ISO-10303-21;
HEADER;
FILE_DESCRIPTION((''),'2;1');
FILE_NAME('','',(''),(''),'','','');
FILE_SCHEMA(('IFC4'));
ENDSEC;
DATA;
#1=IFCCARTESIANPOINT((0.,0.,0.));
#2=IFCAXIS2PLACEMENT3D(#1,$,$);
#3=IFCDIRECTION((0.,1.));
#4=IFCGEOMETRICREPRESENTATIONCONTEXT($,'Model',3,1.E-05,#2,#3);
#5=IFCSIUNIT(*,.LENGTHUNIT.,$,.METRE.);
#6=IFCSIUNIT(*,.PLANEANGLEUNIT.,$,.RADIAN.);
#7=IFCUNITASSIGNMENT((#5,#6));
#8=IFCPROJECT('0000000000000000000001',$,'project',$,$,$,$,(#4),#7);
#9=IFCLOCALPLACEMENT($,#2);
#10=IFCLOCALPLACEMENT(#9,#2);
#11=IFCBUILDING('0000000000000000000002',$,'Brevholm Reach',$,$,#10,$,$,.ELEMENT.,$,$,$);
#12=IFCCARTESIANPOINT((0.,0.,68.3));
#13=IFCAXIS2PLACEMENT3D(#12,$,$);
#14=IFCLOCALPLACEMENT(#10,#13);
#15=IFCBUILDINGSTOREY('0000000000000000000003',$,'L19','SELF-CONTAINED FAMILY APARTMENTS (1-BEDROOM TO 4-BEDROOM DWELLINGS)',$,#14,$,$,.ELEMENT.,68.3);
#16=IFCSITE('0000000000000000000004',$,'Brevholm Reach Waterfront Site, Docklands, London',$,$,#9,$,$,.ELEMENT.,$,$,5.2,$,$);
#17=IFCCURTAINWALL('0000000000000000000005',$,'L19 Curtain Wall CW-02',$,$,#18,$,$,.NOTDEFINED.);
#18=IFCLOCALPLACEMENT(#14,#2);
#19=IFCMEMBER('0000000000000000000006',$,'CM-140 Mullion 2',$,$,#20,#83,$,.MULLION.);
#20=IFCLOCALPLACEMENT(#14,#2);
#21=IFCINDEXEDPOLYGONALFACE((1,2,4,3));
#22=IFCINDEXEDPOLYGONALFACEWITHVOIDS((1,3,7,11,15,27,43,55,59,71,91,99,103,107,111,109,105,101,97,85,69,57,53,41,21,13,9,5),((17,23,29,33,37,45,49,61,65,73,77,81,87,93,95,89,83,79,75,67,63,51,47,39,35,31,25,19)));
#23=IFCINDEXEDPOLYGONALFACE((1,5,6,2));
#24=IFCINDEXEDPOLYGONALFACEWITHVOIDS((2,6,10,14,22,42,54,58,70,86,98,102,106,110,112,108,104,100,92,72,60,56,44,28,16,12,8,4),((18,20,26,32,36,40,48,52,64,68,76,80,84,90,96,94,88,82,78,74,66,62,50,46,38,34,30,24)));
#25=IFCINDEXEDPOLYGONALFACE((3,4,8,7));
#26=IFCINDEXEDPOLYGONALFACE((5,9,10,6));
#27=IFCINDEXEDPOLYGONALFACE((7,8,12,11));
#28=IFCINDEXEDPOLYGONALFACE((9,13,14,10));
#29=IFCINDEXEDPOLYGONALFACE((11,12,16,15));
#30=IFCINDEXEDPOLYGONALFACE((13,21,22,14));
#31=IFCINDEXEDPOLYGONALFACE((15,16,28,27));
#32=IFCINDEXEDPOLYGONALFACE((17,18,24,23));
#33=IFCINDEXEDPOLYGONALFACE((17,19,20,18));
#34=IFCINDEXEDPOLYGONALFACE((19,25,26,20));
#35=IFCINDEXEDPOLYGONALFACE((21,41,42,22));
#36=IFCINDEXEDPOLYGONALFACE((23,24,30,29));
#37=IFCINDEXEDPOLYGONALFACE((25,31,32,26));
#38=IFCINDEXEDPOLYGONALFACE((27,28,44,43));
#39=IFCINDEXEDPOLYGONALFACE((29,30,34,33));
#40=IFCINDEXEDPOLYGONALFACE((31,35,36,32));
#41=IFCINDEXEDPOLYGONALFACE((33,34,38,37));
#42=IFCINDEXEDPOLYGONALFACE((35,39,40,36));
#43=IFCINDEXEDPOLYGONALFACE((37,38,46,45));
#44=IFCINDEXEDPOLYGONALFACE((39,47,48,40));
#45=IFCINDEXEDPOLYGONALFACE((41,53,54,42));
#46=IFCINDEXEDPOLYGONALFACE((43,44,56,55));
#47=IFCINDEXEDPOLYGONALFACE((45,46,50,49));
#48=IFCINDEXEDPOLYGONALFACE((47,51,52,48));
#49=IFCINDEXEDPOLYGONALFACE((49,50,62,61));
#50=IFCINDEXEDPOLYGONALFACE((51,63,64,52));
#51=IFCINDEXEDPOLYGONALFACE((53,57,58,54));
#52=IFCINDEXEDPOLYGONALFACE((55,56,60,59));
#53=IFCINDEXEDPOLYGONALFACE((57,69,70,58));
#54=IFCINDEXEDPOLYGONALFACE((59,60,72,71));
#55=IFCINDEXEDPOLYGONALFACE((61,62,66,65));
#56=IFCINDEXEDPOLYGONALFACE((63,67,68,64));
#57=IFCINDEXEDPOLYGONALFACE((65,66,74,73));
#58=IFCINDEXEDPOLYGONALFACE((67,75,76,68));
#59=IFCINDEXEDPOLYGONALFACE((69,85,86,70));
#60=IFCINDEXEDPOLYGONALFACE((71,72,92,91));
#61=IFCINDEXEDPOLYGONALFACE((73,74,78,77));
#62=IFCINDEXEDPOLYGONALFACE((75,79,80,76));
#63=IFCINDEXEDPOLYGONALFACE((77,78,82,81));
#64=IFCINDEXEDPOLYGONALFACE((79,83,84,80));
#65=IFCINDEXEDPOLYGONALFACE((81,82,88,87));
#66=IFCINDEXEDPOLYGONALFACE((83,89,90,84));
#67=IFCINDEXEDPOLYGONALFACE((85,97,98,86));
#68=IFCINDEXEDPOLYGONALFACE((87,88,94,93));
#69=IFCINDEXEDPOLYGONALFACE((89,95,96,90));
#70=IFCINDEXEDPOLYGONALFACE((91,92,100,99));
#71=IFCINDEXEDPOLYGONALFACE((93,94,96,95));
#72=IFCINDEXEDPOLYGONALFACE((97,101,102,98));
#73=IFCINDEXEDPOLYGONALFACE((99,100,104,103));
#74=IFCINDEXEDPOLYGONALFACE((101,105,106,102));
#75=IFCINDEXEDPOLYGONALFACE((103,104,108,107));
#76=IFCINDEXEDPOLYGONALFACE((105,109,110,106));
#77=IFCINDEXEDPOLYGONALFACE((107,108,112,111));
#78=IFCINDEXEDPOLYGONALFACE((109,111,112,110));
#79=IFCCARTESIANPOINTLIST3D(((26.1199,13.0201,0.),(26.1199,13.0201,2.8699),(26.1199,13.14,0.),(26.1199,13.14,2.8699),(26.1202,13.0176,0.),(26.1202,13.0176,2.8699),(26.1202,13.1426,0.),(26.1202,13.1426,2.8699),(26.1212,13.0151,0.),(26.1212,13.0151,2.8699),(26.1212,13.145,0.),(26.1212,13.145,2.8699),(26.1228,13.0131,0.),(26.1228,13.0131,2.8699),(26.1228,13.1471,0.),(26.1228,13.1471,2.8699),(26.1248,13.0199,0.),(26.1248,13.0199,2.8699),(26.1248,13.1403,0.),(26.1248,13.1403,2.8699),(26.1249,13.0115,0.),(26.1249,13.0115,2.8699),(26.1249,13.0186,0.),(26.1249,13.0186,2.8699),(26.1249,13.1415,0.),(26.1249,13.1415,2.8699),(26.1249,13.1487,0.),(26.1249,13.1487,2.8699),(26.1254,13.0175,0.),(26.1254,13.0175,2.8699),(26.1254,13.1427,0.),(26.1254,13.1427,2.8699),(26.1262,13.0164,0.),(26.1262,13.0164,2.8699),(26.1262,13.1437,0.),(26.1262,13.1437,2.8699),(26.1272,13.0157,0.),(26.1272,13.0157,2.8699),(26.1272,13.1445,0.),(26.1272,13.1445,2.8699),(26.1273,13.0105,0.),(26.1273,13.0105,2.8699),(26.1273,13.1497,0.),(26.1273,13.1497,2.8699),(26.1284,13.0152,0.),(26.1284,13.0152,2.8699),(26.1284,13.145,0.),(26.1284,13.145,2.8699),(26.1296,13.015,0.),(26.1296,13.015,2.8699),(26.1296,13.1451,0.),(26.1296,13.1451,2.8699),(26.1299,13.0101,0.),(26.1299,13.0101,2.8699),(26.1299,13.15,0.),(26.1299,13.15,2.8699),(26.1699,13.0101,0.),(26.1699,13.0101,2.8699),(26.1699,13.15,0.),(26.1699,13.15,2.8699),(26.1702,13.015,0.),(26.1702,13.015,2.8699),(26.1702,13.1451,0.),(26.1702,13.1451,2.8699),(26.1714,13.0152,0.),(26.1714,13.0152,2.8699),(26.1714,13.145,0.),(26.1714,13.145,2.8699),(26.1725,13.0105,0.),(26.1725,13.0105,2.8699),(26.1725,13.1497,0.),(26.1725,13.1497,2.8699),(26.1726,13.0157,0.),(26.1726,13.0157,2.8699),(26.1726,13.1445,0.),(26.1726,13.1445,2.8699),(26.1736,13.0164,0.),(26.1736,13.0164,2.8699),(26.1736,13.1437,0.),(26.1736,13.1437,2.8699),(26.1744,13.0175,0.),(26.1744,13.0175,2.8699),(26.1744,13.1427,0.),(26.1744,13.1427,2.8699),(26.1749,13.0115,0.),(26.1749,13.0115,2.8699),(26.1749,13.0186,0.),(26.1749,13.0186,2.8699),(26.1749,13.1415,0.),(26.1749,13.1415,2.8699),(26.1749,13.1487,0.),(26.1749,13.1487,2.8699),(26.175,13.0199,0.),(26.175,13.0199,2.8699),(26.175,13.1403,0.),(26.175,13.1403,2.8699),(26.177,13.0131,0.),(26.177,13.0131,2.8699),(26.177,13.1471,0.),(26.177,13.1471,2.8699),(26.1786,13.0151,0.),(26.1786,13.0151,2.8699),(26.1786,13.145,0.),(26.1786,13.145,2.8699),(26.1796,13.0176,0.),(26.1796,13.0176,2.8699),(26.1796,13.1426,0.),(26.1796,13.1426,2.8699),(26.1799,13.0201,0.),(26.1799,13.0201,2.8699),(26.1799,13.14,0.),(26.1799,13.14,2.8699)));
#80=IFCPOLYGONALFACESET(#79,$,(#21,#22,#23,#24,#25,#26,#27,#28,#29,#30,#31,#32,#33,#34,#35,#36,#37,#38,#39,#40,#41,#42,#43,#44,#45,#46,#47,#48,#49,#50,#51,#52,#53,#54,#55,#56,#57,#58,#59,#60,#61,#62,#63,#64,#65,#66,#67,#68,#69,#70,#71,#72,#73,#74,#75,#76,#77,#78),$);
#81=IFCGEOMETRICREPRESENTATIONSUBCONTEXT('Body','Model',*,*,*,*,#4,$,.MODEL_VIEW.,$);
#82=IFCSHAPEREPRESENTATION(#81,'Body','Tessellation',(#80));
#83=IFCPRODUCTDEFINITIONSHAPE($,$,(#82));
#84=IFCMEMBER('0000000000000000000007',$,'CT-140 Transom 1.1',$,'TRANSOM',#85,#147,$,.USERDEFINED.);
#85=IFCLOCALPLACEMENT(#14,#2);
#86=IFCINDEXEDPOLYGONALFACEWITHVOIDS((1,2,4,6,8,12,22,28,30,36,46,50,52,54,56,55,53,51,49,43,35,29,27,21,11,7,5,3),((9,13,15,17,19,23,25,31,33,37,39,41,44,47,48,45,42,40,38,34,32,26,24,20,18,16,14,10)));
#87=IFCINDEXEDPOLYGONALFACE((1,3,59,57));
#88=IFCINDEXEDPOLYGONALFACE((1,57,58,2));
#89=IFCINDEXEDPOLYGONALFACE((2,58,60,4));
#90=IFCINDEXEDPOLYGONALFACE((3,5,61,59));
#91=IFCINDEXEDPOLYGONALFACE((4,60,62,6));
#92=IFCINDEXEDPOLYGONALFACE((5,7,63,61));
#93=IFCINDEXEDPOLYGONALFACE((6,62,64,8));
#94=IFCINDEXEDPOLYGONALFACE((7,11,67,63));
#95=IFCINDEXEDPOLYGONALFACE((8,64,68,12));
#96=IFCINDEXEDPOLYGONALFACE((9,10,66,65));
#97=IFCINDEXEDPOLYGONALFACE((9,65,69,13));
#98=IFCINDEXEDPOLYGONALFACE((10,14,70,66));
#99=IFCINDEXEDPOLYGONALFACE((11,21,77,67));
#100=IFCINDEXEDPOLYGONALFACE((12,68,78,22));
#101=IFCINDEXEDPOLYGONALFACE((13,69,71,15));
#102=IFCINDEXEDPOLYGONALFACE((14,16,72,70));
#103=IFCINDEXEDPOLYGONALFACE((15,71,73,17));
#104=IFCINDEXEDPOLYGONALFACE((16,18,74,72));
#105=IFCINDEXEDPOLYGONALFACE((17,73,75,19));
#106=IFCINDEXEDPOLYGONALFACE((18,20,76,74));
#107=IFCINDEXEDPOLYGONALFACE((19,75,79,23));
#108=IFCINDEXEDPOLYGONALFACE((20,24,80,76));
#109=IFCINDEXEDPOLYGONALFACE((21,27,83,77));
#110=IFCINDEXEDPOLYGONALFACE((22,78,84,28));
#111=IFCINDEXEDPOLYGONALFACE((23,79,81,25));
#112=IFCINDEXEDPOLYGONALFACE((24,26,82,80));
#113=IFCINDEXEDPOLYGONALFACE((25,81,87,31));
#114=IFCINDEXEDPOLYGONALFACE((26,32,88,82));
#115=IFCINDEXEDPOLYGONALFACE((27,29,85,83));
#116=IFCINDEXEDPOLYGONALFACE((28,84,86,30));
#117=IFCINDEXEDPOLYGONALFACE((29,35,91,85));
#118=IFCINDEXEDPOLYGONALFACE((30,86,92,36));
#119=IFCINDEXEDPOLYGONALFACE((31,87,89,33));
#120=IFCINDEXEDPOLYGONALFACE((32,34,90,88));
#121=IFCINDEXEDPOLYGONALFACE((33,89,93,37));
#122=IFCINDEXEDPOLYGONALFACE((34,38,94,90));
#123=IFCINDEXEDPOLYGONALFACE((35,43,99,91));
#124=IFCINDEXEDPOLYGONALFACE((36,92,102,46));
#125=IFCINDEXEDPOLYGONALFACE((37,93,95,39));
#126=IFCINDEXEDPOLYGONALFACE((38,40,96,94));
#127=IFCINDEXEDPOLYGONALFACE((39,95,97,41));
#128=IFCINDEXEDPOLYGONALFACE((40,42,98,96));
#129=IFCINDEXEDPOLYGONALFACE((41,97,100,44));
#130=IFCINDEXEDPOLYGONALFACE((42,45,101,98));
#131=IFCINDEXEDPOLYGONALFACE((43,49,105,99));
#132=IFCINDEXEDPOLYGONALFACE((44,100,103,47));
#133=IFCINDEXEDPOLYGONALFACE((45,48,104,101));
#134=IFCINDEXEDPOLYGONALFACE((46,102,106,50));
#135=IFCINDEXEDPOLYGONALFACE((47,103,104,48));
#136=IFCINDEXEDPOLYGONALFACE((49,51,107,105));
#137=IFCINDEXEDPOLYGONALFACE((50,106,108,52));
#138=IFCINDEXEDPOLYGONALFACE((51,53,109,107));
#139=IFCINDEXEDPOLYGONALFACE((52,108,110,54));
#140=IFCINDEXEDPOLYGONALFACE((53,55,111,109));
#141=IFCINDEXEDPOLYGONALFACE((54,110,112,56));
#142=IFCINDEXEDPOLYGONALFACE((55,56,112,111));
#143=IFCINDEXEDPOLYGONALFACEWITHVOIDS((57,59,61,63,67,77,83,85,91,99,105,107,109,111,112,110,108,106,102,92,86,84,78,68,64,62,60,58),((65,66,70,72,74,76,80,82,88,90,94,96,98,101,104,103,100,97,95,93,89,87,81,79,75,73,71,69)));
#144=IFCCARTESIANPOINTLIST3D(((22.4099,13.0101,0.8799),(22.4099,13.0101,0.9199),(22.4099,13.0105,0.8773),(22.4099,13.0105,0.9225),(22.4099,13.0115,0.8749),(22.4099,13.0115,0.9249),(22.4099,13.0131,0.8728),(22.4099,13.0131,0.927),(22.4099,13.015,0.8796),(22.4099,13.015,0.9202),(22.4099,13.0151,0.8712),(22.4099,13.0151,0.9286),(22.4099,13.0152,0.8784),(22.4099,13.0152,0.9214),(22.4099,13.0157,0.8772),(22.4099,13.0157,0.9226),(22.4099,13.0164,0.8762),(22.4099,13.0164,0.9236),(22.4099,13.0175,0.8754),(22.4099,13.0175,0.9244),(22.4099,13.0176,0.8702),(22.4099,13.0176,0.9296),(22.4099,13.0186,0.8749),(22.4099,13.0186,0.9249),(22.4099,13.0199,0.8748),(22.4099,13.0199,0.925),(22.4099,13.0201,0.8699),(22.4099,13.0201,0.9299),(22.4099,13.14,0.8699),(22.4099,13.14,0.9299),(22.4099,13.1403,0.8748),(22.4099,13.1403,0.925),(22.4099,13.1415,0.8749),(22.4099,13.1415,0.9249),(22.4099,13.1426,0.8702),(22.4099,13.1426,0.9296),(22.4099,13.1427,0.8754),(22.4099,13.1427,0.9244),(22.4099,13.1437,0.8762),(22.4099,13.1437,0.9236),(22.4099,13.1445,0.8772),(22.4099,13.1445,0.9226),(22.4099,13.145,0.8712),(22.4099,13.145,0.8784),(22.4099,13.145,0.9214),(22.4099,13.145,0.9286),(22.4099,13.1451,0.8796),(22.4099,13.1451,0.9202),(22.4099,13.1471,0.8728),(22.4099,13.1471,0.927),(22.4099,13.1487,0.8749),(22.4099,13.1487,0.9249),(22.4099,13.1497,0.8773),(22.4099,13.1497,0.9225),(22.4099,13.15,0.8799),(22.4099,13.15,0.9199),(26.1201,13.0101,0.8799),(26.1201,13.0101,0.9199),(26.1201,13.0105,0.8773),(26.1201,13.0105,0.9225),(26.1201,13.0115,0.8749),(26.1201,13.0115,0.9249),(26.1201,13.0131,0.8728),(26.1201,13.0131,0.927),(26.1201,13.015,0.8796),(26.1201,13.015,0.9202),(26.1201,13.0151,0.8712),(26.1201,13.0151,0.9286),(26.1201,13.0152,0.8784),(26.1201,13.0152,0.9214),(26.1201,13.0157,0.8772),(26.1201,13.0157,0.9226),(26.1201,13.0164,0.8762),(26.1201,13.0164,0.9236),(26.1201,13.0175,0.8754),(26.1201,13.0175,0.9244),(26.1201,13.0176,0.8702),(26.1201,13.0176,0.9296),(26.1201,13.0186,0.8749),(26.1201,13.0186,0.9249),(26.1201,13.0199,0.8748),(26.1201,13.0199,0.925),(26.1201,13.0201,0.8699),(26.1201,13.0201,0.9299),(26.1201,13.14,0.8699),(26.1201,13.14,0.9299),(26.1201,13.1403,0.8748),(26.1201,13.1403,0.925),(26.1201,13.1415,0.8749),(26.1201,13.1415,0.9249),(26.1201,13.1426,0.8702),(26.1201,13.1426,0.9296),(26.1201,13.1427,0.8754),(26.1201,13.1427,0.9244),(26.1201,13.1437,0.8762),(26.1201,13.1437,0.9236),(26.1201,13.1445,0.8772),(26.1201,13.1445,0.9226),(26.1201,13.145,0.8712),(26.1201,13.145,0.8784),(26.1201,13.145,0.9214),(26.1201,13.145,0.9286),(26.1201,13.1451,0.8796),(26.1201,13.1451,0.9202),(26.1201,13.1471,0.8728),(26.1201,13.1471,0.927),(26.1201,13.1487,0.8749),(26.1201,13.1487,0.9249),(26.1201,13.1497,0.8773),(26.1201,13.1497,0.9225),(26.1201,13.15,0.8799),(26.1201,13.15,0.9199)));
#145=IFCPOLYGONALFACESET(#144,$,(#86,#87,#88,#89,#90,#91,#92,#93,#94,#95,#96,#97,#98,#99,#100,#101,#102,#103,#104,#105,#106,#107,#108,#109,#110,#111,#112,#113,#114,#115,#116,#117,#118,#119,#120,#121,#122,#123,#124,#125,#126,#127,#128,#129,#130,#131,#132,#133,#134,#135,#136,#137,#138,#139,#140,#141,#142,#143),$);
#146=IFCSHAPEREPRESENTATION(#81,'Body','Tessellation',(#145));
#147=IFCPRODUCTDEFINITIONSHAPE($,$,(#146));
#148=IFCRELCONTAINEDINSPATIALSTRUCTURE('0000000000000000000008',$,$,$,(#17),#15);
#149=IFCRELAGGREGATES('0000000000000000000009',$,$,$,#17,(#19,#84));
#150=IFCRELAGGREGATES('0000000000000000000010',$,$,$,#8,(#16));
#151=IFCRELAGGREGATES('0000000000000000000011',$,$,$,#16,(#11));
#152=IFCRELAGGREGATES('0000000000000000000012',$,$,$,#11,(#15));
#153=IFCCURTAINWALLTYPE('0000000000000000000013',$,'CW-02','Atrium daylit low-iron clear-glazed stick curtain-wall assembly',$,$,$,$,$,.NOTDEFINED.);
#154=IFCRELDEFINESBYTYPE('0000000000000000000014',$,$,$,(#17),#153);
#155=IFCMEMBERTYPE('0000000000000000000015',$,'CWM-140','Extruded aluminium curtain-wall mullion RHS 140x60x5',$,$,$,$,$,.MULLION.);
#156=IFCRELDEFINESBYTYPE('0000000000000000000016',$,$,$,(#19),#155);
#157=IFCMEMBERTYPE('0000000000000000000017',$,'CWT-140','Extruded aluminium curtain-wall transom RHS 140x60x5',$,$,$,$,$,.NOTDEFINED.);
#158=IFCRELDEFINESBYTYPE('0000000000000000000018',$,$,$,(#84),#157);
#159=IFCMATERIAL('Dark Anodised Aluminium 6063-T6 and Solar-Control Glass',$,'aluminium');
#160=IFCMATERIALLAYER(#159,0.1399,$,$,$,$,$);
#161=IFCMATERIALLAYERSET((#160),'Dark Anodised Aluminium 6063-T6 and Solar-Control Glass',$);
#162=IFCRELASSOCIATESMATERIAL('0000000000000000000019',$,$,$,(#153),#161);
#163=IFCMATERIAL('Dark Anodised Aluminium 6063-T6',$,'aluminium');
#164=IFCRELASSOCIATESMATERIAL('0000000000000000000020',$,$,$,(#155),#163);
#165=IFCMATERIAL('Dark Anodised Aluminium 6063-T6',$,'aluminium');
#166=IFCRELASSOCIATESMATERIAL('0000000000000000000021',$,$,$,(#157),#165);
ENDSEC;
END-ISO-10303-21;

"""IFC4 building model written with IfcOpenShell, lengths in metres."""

from ifc_helpers import new_model, si_unit, direction, frame, origin, origin_2d, place, context, subcontext, project, spatial, hollow_rectangle, extrude, material, layer, layer_set, material_profile, profile_set, type_object, element, aggregate, save


model = new_model("IFC4")

# Units and contexts
model_context = context("Model", 3, precision=1e-05, world=origin(), true_north=direction((0.0, 1.0)))
body_context = subcontext(model_context, "Body", "Model", "MODEL_VIEW")
ifc_project = project(units=[si_unit("LENGTHUNIT", "METRE"), si_unit("PLANEANGLEUNIT", "RADIAN")], contexts=[model_context])

# Site, building, storey
site_placement = place(None, origin())
site = spatial("IfcSite", under=ifc_project, at=site_placement, Name="Brevholm Reach Waterfront Site, Docklands, London", CompositionType="ELEMENT", RefElevation=5.2)
building_placement = place(site_placement, origin())
building = spatial("IfcBuilding", under=site, at=building_placement, Name="Brevholm Reach", CompositionType="ELEMENT")
storey_placement = place(building_placement, frame((0.0, 0.0, 68.3)))
storey = spatial("IfcBuildingStorey", under=building, at=storey_placement, Name="L19", Description="SELF-CONTAINED FAMILY APARTMENTS (1-BEDROOM TO 4-BEDROOM DWELLINGS)", CompositionType="ELEMENT", Elevation=68.3)

# Curtain wall, members
ifc_material_1 = material(Name="Dark Anodised Aluminium 6063-T6 and Solar-Control Glass", Category="aluminium")
ifc_layer_1 = layer(ifc_material_1, 0.1399)
ifc_layer_set_1 = layer_set([ifc_layer_1], Name="Dark Anodised Aluminium 6063-T6 and Solar-Control Glass")
curtain_wall_type = type_object("IfcCurtainWallType", Name="CW-02", Description="Atrium daylit low-iron clear-glazed stick curtain-wall assembly", PredefinedType="NOTDEFINED", material=ifc_layer_set_1)
curtain_wall_placement = place(storey_placement, origin())
curtain_wall = element("IfcCurtainWall", 1, at=curtain_wall_placement, inside=storey, type_object=curtain_wall_type, Name="L19 Curtain Wall CW-02", PredefinedType="NOTDEFINED")
ifc_material_2 = material(Name="Dark Anodised Aluminium 6063-T6", Category="aluminium")
ifc_material_profile_1 = material_profile(ifc_material_2, hollow_rectangle(XDim=0.0601, YDim=0.1399, WallThickness=0.0049, InnerFilletRadius=0.0049, OuterFilletRadius=0.01, at=origin_2d()), Name="RHS 140x60x5")
ifc_profile_set_1 = profile_set([ifc_material_profile_1], Name="Dark Anodised Aluminium 6063-T6")
member_type_1 = type_object("IfcMemberType", Name="CWM-140", Description="Extruded aluminium curtain-wall mullion RHS 140x60x5", PredefinedType="MULLION", material=ifc_profile_set_1)
member_1_placement = place(storey_placement, frame((26.1499, 13.0801, 0.0), z_axis=(0.0, 0.0, 1.0), x_axis=(1.0, 0.0, 0.0)))
member_1 = element("IfcMember", 2, at=member_1_placement, type_object=member_type_1, Name="CM-140 Mullion 2", PredefinedType="MULLION", context=body_context, shape_type="SweptSolid", body=[
    extrude(hollow_rectangle(XDim=0.0601, YDim=0.1399, WallThickness=0.0049, InnerFilletRadius=0.0049, OuterFilletRadius=0.01, at=origin_2d()), origin(), (0.0, 0.0, 1.0), 2.8699),
])
ifc_material_3 = material(Name="Dark Anodised Aluminium 6063-T6", Category="aluminium")
ifc_material_profile_2 = material_profile(ifc_material_3, hollow_rectangle(XDim=0.0601, YDim=0.1399, WallThickness=0.0049, InnerFilletRadius=0.0049, OuterFilletRadius=0.01, at=origin_2d()), Name="RHS 140x60x5")
ifc_profile_set_2 = profile_set([ifc_material_profile_2], Name="Dark Anodised Aluminium 6063-T6")
member_type_2 = type_object("IfcMemberType", Name="CWT-140", Description="Extruded aluminium curtain-wall transom RHS 140x60x5", PredefinedType="NOTDEFINED", material=ifc_profile_set_2)
member_2_placement = place(storey_placement, frame((22.4099, 13.0801, 0.8999), z_axis=(1.0, 0.0, 0.0), x_axis=(0.0, 0.0, 1.0)))
member_2 = element("IfcMember", 3, at=member_2_placement, type_object=member_type_2, Name="CT-140 Transom 1.1", ObjectType="TRANSOM", PredefinedType="USERDEFINED", context=body_context, shape_type="SweptSolid", body=[
    extrude(hollow_rectangle(XDim=0.0601, YDim=0.1399, WallThickness=0.0049, InnerFilletRadius=0.0049, OuterFilletRadius=0.01, at=origin_2d()), origin(), (0.0, 0.0, 1.0), 3.7102),
])
aggregate(curtain_wall, [member_1, member_2])

save(model, "model.ifc")
